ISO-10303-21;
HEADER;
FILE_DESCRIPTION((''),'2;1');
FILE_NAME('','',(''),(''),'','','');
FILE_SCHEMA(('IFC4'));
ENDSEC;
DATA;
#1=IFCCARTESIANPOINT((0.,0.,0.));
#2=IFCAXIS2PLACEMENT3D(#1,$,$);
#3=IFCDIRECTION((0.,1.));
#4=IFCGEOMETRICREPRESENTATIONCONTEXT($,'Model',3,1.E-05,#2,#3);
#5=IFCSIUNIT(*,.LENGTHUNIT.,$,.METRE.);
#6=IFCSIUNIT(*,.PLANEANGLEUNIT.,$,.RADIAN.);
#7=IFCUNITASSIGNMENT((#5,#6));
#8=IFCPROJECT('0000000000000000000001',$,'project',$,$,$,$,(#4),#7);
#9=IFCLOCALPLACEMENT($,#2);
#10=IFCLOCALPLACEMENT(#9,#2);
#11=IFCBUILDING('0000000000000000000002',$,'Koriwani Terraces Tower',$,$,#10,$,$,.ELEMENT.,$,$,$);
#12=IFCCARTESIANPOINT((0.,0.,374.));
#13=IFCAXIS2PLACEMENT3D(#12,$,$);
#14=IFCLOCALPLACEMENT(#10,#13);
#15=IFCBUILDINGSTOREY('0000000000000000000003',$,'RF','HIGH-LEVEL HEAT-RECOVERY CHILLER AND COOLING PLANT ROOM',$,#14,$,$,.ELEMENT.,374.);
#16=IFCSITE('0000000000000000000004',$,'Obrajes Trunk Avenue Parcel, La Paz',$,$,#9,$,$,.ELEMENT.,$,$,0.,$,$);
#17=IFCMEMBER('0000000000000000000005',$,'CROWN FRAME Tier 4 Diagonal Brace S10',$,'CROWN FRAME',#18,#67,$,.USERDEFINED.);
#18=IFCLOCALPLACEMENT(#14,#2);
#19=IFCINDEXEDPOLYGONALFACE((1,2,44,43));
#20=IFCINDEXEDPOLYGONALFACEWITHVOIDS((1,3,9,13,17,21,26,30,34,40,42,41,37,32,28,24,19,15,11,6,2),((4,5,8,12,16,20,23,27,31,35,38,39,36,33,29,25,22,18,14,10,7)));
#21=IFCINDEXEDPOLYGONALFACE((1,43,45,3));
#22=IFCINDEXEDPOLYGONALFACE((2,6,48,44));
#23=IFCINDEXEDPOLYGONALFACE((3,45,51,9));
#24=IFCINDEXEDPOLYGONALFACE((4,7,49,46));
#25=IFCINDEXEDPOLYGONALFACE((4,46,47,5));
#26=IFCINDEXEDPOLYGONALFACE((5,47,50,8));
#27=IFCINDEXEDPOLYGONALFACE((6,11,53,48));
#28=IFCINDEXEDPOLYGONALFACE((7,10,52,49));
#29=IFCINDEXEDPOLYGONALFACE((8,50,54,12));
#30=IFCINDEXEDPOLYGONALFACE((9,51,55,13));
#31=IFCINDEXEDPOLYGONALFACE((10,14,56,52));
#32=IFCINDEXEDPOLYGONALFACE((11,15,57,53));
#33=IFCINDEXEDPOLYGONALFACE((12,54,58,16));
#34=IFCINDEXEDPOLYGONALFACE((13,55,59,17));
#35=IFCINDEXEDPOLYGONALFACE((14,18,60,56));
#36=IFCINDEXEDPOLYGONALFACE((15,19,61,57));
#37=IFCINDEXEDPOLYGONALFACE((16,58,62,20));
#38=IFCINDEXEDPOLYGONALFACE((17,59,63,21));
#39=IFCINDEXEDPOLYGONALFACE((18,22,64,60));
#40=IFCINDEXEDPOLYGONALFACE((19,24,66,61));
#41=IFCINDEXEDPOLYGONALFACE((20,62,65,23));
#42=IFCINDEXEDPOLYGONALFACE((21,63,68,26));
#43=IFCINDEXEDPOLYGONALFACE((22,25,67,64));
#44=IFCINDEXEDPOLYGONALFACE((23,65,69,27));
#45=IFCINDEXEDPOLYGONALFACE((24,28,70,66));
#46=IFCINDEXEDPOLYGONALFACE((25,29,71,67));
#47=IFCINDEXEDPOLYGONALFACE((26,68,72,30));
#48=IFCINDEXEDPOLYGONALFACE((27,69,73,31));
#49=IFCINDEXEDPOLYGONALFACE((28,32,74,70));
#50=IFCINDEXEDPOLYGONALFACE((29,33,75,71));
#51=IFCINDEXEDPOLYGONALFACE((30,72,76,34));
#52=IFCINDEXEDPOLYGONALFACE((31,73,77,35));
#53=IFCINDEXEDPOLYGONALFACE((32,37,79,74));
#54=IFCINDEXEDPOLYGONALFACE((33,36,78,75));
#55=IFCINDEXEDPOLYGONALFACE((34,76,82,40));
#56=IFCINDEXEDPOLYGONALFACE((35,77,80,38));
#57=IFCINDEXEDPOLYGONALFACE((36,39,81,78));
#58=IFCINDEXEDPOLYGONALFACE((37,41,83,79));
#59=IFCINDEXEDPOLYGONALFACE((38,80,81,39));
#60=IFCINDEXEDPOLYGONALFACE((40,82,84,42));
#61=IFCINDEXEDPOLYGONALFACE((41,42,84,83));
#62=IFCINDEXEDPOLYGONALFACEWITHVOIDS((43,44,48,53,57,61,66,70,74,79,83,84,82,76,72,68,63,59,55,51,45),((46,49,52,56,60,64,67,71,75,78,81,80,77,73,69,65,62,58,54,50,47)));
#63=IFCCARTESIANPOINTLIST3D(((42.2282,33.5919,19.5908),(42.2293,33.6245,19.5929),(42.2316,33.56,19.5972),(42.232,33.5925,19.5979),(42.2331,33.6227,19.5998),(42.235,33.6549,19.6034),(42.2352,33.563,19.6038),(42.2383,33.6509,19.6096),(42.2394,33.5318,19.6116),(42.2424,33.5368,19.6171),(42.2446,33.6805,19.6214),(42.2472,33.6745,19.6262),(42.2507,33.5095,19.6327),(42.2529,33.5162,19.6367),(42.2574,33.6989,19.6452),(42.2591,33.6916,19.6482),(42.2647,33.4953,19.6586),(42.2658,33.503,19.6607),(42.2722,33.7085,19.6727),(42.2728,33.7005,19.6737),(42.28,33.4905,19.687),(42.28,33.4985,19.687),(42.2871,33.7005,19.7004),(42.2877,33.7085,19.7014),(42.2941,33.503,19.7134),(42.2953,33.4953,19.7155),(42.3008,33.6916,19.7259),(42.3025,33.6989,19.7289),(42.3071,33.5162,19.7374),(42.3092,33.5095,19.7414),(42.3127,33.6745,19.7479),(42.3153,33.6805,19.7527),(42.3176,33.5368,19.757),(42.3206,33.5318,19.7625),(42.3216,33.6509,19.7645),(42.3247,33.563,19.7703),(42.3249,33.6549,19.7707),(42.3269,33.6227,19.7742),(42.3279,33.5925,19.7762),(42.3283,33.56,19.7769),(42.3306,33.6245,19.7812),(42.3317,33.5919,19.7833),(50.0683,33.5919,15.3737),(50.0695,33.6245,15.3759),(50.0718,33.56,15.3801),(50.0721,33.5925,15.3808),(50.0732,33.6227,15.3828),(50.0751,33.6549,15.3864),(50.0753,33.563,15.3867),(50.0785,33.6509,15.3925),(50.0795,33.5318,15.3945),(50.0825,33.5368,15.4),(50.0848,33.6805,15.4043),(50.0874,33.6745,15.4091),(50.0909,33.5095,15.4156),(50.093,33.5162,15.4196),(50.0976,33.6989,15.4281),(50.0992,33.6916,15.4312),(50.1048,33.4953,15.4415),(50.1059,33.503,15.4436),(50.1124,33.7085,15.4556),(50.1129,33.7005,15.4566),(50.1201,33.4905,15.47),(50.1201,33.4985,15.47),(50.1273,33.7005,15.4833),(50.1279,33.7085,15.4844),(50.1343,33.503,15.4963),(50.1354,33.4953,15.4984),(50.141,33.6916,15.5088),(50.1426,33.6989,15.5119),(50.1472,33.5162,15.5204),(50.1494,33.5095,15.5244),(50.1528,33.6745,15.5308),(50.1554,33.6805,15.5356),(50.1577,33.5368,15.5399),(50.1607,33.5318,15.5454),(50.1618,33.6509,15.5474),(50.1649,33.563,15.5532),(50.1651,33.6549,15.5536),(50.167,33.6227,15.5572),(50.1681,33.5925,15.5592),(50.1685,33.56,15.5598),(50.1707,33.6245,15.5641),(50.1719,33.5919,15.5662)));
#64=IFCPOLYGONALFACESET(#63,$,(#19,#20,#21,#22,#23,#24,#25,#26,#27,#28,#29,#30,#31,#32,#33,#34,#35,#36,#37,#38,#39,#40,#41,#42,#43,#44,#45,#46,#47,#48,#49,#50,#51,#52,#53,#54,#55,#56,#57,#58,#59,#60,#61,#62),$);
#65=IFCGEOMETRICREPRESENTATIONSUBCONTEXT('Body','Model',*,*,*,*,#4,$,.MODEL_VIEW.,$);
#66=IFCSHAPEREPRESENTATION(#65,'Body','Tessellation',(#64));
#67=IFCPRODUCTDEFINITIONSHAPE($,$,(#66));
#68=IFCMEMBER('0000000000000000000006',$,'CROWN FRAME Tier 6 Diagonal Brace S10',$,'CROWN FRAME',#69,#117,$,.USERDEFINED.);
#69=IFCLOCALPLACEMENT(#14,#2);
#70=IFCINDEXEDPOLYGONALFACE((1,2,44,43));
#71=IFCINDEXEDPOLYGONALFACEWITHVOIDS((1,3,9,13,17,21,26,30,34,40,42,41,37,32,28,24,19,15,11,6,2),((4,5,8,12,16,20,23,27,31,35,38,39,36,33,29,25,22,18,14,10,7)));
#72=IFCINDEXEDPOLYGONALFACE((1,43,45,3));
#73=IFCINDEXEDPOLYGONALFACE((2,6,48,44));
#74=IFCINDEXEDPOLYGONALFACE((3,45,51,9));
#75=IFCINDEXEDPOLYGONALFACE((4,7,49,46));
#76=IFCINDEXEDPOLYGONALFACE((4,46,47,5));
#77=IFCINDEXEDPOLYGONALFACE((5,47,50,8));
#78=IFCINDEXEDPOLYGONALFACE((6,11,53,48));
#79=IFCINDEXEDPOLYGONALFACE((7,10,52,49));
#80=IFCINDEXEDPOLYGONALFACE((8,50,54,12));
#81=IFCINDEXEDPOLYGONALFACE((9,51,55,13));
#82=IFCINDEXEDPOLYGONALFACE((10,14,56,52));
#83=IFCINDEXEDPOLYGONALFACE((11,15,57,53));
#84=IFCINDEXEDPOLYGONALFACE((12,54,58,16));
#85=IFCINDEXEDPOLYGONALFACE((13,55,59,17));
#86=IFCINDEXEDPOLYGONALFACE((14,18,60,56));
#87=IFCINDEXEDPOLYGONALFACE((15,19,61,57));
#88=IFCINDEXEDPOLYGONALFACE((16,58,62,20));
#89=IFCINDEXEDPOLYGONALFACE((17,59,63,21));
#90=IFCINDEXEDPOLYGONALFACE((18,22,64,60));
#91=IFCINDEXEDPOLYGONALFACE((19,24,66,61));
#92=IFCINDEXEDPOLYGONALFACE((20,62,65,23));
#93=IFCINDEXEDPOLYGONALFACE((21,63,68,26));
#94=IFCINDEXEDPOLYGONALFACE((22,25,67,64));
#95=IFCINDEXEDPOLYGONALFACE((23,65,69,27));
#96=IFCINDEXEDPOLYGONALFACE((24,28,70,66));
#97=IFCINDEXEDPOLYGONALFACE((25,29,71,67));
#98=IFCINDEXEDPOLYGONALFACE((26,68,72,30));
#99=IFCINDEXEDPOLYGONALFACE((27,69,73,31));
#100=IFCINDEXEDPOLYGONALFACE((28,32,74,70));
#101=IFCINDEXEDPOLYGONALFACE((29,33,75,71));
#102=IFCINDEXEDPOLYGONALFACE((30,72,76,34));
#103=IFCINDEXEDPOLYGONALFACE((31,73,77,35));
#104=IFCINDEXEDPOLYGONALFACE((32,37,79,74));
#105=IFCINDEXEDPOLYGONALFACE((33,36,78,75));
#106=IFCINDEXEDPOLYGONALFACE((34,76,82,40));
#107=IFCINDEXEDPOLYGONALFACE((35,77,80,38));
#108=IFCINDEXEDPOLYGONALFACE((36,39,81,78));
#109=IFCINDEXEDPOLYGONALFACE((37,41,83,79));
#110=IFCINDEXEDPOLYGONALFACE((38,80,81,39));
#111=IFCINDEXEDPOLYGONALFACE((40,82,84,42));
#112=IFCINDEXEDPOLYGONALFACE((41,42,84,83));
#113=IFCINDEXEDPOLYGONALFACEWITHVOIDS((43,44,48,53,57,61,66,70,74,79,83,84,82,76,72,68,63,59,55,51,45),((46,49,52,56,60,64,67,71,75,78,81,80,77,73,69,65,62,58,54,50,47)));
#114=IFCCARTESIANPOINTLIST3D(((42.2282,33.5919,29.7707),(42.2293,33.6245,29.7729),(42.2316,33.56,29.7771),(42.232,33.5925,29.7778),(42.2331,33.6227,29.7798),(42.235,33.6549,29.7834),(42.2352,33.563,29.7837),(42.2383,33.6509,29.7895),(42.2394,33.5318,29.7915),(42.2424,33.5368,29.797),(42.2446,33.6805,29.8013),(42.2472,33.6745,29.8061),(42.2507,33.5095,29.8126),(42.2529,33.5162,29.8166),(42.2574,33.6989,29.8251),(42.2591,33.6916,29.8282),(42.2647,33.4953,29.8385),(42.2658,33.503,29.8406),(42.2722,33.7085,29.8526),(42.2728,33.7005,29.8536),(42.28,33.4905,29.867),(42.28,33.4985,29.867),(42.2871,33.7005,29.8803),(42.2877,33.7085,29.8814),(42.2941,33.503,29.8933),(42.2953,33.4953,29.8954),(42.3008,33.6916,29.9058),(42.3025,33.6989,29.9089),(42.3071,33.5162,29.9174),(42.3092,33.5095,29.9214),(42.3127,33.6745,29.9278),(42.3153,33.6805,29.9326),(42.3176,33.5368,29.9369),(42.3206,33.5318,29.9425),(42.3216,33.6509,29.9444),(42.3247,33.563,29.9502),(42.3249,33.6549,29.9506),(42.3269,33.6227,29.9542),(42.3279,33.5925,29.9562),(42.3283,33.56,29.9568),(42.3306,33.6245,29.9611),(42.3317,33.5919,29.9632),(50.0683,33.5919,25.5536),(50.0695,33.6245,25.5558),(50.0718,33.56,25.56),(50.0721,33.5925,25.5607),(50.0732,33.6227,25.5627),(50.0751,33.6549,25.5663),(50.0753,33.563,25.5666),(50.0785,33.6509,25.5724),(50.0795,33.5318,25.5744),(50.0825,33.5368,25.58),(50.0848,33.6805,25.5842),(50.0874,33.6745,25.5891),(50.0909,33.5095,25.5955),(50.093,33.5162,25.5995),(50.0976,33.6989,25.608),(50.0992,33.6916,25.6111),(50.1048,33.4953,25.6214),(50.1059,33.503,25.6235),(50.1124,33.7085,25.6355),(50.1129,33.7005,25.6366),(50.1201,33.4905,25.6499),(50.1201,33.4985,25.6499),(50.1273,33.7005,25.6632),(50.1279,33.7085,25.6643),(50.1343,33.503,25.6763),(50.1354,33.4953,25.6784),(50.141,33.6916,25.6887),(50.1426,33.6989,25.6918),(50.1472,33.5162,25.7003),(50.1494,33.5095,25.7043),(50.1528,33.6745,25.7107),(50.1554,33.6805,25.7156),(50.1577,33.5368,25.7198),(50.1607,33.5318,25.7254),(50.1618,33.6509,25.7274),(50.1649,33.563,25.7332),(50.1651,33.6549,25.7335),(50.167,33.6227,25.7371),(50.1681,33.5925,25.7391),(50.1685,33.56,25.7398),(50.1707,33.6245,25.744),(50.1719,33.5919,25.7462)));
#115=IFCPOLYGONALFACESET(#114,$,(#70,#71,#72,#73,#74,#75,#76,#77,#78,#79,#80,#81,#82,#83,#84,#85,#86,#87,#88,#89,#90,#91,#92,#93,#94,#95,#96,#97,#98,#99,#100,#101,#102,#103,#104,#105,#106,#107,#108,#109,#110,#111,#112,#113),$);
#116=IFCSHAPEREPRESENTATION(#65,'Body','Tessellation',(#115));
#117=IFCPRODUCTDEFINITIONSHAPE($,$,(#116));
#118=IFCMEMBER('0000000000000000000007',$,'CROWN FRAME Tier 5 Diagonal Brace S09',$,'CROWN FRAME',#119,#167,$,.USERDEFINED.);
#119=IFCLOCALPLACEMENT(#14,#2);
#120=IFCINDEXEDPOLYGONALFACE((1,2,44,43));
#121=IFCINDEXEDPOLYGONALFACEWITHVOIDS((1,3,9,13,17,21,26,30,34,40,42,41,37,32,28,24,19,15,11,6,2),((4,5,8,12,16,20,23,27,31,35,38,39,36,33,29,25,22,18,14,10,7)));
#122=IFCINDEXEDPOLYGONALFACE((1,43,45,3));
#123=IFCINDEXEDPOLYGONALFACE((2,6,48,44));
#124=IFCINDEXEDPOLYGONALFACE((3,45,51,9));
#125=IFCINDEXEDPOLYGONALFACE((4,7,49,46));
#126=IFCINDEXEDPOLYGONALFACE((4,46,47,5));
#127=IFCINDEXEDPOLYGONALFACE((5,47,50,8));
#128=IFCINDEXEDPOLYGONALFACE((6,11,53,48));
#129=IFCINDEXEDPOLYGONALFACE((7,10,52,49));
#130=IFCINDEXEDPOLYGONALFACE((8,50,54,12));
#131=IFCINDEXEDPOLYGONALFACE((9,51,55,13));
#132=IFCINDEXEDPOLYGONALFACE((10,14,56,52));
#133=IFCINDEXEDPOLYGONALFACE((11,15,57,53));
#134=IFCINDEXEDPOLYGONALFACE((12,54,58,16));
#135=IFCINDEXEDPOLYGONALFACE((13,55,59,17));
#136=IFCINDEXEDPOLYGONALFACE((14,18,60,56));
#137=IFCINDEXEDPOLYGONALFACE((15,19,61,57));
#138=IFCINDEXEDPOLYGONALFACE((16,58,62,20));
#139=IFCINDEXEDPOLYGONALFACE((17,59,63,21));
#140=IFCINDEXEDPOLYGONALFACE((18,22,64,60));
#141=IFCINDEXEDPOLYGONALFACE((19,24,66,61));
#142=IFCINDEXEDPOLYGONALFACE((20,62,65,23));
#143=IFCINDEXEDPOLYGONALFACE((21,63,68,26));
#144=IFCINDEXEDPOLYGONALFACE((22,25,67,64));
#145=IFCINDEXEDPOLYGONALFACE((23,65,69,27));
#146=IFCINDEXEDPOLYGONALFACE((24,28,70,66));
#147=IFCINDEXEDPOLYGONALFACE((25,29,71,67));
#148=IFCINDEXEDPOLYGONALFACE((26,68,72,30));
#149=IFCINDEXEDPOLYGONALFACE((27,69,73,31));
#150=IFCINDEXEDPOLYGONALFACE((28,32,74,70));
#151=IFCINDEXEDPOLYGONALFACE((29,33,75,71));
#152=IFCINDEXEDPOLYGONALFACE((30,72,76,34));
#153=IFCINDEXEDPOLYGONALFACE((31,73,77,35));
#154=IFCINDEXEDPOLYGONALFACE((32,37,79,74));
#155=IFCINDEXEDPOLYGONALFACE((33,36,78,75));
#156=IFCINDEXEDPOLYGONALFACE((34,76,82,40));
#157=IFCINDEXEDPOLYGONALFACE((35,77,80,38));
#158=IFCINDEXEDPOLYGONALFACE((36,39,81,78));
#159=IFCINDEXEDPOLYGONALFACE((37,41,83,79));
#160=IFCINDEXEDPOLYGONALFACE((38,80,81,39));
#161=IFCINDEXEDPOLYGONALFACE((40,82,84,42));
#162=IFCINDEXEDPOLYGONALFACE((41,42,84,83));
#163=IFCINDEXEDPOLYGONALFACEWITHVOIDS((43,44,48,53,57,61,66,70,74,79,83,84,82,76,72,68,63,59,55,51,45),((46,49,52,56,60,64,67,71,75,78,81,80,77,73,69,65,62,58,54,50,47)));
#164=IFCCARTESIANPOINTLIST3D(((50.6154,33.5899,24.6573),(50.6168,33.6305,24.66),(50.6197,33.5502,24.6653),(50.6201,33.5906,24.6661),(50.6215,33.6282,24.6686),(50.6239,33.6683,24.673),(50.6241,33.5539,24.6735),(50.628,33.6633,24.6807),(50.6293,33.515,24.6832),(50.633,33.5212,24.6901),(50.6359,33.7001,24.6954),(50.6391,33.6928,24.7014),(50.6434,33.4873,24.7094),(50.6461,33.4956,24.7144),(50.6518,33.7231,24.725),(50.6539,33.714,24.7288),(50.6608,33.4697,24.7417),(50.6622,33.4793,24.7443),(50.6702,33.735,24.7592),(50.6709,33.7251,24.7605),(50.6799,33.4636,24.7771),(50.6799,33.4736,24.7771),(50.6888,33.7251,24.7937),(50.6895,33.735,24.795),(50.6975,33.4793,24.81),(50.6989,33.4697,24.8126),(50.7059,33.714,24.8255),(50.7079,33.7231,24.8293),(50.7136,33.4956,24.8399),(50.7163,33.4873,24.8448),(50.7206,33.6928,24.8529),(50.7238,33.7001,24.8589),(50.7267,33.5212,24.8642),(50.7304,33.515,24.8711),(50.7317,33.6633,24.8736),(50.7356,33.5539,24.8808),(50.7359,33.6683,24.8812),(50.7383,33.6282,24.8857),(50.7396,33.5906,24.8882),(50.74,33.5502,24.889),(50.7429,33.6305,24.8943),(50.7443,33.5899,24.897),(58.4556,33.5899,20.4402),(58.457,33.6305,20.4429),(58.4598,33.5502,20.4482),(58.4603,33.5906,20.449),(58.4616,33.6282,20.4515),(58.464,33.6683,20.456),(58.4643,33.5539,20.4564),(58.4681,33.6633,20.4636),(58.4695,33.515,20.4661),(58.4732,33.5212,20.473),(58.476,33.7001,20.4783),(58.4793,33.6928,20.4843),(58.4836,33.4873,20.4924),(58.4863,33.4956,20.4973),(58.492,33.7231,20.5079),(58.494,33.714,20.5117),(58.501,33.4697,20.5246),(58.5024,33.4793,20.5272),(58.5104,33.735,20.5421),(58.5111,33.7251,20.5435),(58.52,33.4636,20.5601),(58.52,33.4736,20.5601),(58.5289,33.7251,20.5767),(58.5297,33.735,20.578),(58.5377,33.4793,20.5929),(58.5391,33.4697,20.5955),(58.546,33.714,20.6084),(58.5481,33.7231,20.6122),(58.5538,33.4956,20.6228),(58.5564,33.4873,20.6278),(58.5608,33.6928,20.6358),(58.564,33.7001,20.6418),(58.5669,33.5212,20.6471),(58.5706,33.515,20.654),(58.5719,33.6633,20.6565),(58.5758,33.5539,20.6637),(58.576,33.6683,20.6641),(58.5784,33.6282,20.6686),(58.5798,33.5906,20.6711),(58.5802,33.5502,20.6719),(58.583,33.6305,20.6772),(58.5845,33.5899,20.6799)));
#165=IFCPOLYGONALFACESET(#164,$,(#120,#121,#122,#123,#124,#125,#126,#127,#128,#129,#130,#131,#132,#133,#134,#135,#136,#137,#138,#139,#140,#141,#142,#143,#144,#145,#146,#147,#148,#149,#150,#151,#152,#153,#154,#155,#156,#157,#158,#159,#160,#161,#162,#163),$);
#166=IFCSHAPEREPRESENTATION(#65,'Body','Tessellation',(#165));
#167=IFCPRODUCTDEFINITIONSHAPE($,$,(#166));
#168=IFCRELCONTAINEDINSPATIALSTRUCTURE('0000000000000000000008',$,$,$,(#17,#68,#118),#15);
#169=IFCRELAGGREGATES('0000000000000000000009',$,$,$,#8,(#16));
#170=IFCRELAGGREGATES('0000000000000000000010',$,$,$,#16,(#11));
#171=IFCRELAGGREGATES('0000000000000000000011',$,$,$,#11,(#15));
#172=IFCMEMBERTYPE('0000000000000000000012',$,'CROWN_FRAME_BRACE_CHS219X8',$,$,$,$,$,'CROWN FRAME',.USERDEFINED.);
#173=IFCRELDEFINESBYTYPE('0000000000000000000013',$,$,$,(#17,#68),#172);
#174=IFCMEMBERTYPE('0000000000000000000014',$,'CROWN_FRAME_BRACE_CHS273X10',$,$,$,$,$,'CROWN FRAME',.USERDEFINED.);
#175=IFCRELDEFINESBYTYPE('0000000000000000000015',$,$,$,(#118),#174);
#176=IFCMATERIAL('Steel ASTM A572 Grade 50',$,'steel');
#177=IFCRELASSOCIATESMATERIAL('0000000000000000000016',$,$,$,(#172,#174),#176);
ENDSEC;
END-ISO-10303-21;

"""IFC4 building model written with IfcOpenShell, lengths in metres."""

from ifc_helpers import new_model, si_unit, direction, frame, origin, origin_2d, place, context, subcontext, project, spatial, hollow_circle, extrude, material, material_profile, profile_set, type_object, element, save


model = new_model("IFC4")

# Units and contexts
model_context = context("Model", 3, precision=1e-05, world=origin(), true_north=direction((0.0, 1.0)))
body_context = subcontext(model_context, "Body", "Model", "MODEL_VIEW")
ifc_project = project(units=[si_unit("LENGTHUNIT", "METRE"), si_unit("PLANEANGLEUNIT", "RADIAN")], contexts=[model_context])

# Site, building, storey
site_placement = place(None, origin())
site = spatial("IfcSite", under=ifc_project, at=site_placement, Name="Obrajes Trunk Avenue Parcel, La Paz", CompositionType="ELEMENT", RefElevation=0.0)
building_placement = place(site_placement, origin())
building = spatial("IfcBuilding", under=site, at=building_placement, Name="Koriwani Terraces Tower", CompositionType="ELEMENT")
storey_placement = place(building_placement, frame((0.0, 0.0, 374.0)))
storey = spatial("IfcBuildingStorey", under=building, at=storey_placement, Name="RF", Description="HIGH-LEVEL HEAT-RECOVERY CHILLER AND COOLING PLANT ROOM", CompositionType="ELEMENT", Elevation=374.0)

# Shared definitions
ifc_material_1 = material(Name="Steel ASTM A572 Grade 50", Category="steel")

# Members
ifc_material_profile_1 = material_profile(ifc_material_1, hollow_circle(Radius=0.1096, WallThickness=0.0081, at=origin_2d()), Name="Steel ASTM A572 Grade 50", Category="LoadBearing")
ifc_profile_set_1 = profile_set([ifc_material_profile_1], Name="Steel ASTM A572 Grade 50")
member_type_1 = type_object("IfcMemberType", Name="CROWN_FRAME_BRACE_CHS219X8", ElementType="CROWN FRAME", PredefinedType="USERDEFINED", material=ifc_profile_set_1)
for number, where, z_axis, x_axis, name in (
    (1, (50.1201, 33.6001, 15.47), (-0.880684, 0.0, 0.473704), (0.0, -1.0, 0.0), "CROWN FRAME Tier 4 Diagonal Brace S10"),
    (2, (50.1201, 33.6001, 25.6499), (-0.880684, 0.0, 0.473704), (0.0, -1.0, 0.0), "CROWN FRAME Tier 6 Diagonal Brace S10"),
):
    element("IfcMember", number, at=place(storey_placement, frame(where, z_axis=z_axis, x_axis=x_axis)), inside=storey, type_object=member_type_1, Name=name, ObjectType="CROWN FRAME", PredefinedType="USERDEFINED", context=body_context, shape_type="SweptSolid", body=[
        extrude(hollow_circle(Radius=0.1096, WallThickness=0.0081, at=origin_2d()), origin(), (0.0, 0.0, 1.0), 8.9023),
    ])
ifc_material_profile_2 = material_profile(ifc_material_1, hollow_circle(Radius=0.1365, WallThickness=0.01, at=origin_2d()), Name="Steel ASTM A572 Grade 50", Category="LoadBearing")
ifc_profile_set_2 = profile_set([ifc_material_profile_2], Name="Steel ASTM A572 Grade 50")
member_type_2 = type_object("IfcMemberType", Name="CROWN_FRAME_BRACE_CHS273X10", ElementType="CROWN FRAME", PredefinedType="USERDEFINED", material=ifc_profile_set_2)
for number, where, z_axis, x_axis, name in (
    (3, (58.52, 33.6001, 20.5601), (-0.880684, 0.0, 0.473704), (0.0, -1.0, 0.0), "CROWN FRAME Tier 5 Diagonal Brace S09"),
):
    element("IfcMember", number, at=place(storey_placement, frame(where, z_axis=z_axis, x_axis=x_axis)), inside=storey, type_object=member_type_2, Name=name, ObjectType="CROWN FRAME", PredefinedType="USERDEFINED", context=body_context, shape_type="SweptSolid", body=[
        extrude(hollow_circle(Radius=0.1365, WallThickness=0.01, at=origin_2d()), origin(), (0.0, 0.0, 1.0), 8.9023),
    ])

save(model, "model.ifc")
